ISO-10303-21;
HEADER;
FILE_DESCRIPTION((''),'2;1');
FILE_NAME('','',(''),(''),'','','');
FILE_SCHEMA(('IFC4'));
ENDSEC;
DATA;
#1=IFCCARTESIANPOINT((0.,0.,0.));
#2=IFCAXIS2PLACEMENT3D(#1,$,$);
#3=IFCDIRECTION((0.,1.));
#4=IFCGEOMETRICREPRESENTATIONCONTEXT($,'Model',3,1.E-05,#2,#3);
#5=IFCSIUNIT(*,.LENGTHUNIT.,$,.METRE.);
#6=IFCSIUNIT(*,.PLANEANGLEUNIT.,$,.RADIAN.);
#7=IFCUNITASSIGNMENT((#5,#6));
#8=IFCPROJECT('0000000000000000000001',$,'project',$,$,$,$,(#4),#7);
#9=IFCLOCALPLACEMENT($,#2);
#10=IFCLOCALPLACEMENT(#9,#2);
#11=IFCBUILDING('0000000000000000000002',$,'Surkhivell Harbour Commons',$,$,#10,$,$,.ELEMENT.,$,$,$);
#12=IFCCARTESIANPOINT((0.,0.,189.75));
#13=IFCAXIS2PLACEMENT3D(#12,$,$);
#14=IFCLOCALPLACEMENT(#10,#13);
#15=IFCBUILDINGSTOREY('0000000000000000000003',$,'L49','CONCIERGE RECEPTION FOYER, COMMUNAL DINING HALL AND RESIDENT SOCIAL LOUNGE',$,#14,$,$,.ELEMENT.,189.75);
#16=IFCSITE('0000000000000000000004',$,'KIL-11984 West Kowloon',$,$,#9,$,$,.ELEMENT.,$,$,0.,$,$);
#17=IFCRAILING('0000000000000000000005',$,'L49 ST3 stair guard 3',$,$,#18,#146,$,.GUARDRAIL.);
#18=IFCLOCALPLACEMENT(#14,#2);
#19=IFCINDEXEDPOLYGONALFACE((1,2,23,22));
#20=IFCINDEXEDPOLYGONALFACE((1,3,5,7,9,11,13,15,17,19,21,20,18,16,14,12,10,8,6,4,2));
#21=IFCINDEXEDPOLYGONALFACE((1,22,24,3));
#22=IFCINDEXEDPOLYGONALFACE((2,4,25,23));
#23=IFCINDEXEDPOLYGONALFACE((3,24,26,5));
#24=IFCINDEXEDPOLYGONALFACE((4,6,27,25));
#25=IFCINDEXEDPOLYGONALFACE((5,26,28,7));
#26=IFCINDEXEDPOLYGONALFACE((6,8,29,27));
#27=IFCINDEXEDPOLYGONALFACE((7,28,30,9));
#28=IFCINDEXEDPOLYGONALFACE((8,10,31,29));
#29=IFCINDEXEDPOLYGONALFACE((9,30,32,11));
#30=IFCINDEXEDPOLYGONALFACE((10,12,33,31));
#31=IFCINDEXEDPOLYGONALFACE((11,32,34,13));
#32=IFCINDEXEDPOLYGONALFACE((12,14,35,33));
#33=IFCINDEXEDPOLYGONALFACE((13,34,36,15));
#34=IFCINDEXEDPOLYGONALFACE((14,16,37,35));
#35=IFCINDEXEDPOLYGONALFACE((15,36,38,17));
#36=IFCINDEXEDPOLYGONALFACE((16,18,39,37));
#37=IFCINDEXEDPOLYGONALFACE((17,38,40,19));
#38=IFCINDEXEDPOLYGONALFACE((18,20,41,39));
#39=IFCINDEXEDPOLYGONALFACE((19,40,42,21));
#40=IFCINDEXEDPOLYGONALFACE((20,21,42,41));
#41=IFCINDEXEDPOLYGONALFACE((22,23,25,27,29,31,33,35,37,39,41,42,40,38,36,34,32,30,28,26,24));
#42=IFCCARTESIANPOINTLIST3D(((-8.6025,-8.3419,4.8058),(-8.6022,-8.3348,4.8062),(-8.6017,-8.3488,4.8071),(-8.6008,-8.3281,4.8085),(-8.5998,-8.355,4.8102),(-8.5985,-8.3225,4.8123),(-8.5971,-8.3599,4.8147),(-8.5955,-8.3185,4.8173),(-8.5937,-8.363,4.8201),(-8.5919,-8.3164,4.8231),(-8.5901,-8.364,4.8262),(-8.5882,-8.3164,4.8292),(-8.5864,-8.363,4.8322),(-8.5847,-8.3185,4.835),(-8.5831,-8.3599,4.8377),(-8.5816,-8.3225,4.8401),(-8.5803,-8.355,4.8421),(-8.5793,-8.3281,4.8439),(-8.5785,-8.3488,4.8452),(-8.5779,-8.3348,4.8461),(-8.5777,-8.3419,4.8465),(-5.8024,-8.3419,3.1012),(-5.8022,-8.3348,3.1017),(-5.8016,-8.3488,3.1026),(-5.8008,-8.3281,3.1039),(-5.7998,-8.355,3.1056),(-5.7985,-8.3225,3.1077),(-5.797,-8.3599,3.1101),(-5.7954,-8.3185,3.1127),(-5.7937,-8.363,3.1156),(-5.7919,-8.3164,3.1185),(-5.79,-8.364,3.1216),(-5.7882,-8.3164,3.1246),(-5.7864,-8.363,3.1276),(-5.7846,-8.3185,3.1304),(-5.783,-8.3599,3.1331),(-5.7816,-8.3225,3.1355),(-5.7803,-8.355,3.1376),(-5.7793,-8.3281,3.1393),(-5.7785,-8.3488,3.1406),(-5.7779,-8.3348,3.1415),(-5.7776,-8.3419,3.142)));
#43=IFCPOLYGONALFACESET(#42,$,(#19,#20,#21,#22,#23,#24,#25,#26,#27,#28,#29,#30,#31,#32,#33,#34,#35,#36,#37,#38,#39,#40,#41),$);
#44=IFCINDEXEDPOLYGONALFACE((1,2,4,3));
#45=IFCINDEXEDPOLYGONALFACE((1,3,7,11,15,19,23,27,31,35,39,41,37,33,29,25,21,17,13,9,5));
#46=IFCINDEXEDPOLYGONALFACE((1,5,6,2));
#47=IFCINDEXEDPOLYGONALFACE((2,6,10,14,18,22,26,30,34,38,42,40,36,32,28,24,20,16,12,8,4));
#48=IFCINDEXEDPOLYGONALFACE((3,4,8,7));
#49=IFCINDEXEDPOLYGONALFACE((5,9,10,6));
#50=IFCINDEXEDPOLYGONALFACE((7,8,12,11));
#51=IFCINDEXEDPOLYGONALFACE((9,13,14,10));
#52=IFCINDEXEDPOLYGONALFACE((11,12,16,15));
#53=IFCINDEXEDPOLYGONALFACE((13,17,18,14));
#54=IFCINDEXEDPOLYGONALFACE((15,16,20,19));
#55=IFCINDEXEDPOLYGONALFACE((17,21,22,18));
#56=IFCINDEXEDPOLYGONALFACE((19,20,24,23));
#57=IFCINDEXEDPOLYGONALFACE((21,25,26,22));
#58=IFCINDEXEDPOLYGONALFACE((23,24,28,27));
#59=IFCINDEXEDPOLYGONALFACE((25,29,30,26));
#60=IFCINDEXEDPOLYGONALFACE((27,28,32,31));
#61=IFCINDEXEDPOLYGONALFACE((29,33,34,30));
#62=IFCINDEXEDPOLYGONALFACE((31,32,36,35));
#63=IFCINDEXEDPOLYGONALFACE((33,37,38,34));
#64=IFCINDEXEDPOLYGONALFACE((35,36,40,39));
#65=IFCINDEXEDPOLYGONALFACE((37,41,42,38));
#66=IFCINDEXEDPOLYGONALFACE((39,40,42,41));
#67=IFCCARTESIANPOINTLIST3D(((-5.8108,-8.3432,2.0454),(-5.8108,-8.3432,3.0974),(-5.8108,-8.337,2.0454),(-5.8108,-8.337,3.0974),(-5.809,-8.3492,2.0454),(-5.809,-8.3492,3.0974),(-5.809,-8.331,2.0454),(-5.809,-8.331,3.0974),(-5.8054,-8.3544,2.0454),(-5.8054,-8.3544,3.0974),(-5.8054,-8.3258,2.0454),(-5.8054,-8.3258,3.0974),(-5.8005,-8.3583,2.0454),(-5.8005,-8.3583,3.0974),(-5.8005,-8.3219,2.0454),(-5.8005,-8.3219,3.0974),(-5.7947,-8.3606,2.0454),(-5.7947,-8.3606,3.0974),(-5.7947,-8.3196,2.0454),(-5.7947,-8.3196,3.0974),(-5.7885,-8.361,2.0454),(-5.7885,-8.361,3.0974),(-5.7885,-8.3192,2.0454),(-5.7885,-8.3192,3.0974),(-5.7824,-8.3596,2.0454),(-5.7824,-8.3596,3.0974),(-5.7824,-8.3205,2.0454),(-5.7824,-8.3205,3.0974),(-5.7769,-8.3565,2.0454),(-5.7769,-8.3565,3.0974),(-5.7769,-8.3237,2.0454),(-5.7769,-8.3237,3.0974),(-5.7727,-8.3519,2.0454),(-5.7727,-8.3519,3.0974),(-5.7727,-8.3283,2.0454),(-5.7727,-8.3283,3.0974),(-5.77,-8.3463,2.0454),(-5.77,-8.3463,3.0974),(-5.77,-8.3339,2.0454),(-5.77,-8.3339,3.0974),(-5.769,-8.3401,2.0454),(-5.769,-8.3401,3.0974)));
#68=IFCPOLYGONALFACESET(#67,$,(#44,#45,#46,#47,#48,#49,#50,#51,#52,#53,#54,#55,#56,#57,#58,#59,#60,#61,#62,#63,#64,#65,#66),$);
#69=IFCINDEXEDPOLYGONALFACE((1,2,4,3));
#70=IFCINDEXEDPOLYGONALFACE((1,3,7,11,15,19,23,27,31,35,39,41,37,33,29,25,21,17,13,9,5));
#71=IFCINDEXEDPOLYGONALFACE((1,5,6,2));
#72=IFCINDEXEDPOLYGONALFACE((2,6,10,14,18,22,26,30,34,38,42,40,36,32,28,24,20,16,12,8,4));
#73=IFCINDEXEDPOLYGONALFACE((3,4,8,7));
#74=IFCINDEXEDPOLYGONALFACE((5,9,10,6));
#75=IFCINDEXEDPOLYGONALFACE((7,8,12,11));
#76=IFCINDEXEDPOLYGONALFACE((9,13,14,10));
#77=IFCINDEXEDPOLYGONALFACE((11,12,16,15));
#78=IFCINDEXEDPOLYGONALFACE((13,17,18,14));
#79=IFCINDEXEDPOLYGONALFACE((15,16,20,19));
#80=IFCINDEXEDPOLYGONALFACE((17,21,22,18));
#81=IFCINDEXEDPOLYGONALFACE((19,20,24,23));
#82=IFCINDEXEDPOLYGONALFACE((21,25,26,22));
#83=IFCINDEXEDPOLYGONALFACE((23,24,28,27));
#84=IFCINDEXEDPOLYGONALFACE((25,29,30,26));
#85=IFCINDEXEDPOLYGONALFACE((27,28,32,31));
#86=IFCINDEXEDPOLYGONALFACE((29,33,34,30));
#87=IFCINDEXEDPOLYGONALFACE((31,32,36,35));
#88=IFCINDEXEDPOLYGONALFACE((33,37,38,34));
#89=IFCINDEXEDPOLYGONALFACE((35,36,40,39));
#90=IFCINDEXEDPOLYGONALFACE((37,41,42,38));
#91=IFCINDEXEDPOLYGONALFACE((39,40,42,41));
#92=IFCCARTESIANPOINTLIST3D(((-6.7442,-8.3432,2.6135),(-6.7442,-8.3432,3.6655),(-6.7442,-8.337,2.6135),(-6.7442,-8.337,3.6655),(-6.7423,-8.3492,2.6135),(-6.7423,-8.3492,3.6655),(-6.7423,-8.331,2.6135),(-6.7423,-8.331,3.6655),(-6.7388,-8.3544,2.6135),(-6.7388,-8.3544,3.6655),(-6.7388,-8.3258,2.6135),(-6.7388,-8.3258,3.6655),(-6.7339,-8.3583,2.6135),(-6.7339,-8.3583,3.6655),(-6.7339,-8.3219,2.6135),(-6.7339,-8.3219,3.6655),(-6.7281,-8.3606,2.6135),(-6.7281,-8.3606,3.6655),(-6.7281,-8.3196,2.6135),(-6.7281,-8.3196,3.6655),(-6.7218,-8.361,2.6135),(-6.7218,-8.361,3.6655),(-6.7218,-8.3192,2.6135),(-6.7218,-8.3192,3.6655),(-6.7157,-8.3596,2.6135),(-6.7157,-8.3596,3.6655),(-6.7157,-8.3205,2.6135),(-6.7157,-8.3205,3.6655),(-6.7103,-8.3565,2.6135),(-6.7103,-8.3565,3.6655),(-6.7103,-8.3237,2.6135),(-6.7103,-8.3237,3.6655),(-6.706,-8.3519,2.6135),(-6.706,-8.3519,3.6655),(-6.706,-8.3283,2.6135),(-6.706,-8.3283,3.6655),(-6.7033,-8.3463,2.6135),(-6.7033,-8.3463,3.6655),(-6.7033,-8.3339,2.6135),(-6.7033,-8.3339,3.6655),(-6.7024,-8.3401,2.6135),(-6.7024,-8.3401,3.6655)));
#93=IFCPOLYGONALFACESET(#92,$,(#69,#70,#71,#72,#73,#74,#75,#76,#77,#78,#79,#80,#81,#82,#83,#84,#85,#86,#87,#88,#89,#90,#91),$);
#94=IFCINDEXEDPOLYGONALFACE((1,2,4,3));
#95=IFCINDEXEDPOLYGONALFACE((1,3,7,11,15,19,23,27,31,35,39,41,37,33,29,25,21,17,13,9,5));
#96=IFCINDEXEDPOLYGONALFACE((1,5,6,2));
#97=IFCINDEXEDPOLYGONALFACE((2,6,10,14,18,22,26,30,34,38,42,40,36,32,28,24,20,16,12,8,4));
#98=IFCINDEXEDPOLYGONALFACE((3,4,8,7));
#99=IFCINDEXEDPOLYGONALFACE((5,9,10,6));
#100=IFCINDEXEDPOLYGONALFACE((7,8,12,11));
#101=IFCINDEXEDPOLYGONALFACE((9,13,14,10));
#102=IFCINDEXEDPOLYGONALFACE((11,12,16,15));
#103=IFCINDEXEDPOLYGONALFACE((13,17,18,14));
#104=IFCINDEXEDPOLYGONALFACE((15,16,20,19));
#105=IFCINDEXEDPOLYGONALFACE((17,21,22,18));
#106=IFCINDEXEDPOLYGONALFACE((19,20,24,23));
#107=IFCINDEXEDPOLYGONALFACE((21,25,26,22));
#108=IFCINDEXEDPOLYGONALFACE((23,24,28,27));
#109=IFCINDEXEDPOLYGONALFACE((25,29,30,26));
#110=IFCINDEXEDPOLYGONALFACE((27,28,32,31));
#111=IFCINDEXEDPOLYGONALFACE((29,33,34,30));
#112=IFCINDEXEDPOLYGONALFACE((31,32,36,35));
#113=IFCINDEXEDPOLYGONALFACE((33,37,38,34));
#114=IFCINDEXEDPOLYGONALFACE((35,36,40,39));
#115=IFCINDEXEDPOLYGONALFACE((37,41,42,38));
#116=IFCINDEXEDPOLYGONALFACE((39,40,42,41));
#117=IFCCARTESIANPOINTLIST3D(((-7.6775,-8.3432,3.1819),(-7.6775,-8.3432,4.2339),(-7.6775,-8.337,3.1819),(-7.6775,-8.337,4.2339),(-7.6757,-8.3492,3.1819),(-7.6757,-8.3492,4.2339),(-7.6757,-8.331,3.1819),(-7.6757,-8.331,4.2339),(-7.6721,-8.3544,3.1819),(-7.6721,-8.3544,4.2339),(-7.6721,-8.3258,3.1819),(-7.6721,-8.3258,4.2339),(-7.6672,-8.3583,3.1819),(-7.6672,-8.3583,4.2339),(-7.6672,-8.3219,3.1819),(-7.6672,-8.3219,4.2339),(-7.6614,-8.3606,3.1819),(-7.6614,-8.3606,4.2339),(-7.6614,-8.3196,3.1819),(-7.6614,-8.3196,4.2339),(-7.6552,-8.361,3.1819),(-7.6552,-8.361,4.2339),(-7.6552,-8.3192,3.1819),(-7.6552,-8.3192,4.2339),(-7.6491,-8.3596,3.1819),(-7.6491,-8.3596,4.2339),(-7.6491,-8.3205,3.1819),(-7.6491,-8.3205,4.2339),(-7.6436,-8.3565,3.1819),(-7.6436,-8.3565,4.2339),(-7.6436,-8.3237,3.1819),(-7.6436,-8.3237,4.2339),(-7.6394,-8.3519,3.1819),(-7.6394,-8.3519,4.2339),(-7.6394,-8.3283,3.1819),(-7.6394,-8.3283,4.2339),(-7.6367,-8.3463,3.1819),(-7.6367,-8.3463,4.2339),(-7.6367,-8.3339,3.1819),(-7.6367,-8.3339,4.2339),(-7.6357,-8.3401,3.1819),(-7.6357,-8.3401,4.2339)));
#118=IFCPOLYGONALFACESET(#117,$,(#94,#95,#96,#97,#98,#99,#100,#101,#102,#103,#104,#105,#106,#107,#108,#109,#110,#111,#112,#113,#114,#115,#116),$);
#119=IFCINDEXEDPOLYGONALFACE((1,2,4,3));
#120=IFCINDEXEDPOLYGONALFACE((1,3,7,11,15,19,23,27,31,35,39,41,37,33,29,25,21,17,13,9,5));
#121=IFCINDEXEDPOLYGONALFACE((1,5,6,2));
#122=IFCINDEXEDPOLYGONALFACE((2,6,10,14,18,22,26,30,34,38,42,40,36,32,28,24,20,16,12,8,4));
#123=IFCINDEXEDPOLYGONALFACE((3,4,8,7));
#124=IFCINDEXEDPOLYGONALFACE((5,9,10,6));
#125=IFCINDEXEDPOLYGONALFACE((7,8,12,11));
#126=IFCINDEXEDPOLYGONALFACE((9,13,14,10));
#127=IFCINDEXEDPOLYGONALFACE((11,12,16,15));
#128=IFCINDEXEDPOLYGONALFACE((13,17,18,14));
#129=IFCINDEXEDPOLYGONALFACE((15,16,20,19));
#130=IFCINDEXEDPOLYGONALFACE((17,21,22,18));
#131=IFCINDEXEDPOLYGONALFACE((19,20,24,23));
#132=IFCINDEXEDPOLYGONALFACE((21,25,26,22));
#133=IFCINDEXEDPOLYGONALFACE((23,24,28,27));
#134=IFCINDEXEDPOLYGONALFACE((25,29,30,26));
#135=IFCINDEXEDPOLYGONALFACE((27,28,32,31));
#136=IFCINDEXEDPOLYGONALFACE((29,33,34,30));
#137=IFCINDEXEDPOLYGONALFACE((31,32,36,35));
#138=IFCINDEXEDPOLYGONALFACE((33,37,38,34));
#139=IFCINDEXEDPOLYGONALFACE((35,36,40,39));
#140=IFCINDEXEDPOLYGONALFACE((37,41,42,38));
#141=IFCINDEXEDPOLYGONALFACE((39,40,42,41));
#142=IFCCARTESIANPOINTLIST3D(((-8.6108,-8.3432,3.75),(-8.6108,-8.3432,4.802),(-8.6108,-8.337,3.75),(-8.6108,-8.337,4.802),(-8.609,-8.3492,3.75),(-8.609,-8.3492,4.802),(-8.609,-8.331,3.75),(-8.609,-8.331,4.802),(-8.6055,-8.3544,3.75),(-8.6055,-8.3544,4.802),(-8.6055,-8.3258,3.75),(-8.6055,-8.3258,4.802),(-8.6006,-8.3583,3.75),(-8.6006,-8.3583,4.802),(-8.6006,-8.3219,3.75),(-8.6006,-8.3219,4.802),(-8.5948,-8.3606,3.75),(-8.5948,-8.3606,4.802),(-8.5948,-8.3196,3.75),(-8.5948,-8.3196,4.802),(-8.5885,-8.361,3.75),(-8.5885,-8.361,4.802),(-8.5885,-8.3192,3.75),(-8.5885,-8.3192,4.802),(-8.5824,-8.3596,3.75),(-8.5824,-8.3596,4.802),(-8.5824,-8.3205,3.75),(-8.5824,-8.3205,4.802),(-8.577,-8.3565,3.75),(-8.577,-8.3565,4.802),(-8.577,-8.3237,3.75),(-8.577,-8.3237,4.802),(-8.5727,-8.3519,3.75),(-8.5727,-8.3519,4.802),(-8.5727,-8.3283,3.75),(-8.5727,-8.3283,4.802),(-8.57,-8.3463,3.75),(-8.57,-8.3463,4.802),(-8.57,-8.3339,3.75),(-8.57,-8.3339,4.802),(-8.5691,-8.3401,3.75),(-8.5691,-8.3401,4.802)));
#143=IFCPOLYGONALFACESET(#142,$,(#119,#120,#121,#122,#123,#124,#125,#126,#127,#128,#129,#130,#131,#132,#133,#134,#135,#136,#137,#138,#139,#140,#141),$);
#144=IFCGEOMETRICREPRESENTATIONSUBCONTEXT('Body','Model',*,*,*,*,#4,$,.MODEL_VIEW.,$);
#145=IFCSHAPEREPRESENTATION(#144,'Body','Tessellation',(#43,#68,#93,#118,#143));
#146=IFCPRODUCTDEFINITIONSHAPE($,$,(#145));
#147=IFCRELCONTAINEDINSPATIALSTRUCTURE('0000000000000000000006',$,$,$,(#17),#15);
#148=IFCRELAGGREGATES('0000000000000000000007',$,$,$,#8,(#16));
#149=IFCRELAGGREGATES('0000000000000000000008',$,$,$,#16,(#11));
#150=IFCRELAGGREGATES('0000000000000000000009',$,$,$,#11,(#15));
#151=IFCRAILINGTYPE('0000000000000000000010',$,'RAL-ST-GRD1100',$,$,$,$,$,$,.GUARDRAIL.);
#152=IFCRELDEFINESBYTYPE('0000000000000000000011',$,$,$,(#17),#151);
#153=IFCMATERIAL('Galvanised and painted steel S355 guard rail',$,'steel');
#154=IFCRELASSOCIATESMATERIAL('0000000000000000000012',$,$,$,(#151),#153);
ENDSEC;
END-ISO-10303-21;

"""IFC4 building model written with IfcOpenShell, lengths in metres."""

from ifc_helpers import new_model, si_unit, direction, frame, origin, origin_2d, place, context, subcontext, project, spatial, circle, extrude, material, type_object, element, save


model = new_model("IFC4")

# Units and contexts
model_context = context("Model", 3, precision=1e-05, world=origin(), true_north=direction((0.0, 1.0)))
body_context = subcontext(model_context, "Body", "Model", "MODEL_VIEW")
ifc_project = project(units=[si_unit("LENGTHUNIT", "METRE"), si_unit("PLANEANGLEUNIT", "RADIAN")], contexts=[model_context])

# Site, building, storey
site_placement = place(None, origin())
site = spatial("IfcSite", under=ifc_project, at=site_placement, Name="KIL-11984 West Kowloon", CompositionType="ELEMENT", RefElevation=0.0)
building_placement = place(site_placement, origin())
building = spatial("IfcBuilding", under=site, at=building_placement, Name="Surkhivell Harbour Commons", CompositionType="ELEMENT")
storey_placement = place(building_placement, frame((0.0, 0.0, 189.75)))
storey = spatial("IfcBuildingStorey", under=building, at=storey_placement, Name="L49", Description="CONCIERGE RECEPTION FOYER, COMMUNAL DINING HALL AND RESIDENT SOCIAL LOUNGE", CompositionType="ELEMENT", Elevation=189.75)

# Railing
ifc_material_1 = material(Name="Galvanised and painted steel S355 guard rail", Category="steel")
railing_type_1 = type_object("IfcRailingType", Name="RAL-ST-GRD1100", PredefinedType="GUARDRAIL", material=ifc_material_1)
railing_1_placement = place(storey_placement, frame((-5.79, -8.3401, 2.0454)))
element("IfcRailing", 1, at=railing_1_placement, inside=storey, type_object=railing_type_1, Name="L49 ST3 stair guard 3", PredefinedType="GUARDRAIL", context=body_context, shape_type="SweptSolid", body=[
    extrude(circle(Radius=0.0239, at=origin_2d()), frame((0.0, 0.0, 1.0762), z_axis=(-0.85417, 0.0, 0.519994), x_axis=(0.0, -1.0, 0.0)), (0.0, 0.0, 1.0), 3.2781),
    extrude(circle(Radius=0.021, at=origin_2d()), origin(), (0.0, 0.0, 1.0), 1.052),
    extrude(circle(Radius=0.021, at=origin_2d()), frame((-0.9333, 0.0, 0.5681)), (0.0, 0.0, 1.0), 1.052),
    extrude(circle(Radius=0.021, at=origin_2d()), frame((-1.8667, 0.0, 1.1365)), (0.0, 0.0, 1.0), 1.052),
    extrude(circle(Radius=0.021, at=origin_2d()), frame((-2.8, 0.0, 1.7046)), (0.0, 0.0, 1.0), 1.052),
])

save(model, "model.ifc")
